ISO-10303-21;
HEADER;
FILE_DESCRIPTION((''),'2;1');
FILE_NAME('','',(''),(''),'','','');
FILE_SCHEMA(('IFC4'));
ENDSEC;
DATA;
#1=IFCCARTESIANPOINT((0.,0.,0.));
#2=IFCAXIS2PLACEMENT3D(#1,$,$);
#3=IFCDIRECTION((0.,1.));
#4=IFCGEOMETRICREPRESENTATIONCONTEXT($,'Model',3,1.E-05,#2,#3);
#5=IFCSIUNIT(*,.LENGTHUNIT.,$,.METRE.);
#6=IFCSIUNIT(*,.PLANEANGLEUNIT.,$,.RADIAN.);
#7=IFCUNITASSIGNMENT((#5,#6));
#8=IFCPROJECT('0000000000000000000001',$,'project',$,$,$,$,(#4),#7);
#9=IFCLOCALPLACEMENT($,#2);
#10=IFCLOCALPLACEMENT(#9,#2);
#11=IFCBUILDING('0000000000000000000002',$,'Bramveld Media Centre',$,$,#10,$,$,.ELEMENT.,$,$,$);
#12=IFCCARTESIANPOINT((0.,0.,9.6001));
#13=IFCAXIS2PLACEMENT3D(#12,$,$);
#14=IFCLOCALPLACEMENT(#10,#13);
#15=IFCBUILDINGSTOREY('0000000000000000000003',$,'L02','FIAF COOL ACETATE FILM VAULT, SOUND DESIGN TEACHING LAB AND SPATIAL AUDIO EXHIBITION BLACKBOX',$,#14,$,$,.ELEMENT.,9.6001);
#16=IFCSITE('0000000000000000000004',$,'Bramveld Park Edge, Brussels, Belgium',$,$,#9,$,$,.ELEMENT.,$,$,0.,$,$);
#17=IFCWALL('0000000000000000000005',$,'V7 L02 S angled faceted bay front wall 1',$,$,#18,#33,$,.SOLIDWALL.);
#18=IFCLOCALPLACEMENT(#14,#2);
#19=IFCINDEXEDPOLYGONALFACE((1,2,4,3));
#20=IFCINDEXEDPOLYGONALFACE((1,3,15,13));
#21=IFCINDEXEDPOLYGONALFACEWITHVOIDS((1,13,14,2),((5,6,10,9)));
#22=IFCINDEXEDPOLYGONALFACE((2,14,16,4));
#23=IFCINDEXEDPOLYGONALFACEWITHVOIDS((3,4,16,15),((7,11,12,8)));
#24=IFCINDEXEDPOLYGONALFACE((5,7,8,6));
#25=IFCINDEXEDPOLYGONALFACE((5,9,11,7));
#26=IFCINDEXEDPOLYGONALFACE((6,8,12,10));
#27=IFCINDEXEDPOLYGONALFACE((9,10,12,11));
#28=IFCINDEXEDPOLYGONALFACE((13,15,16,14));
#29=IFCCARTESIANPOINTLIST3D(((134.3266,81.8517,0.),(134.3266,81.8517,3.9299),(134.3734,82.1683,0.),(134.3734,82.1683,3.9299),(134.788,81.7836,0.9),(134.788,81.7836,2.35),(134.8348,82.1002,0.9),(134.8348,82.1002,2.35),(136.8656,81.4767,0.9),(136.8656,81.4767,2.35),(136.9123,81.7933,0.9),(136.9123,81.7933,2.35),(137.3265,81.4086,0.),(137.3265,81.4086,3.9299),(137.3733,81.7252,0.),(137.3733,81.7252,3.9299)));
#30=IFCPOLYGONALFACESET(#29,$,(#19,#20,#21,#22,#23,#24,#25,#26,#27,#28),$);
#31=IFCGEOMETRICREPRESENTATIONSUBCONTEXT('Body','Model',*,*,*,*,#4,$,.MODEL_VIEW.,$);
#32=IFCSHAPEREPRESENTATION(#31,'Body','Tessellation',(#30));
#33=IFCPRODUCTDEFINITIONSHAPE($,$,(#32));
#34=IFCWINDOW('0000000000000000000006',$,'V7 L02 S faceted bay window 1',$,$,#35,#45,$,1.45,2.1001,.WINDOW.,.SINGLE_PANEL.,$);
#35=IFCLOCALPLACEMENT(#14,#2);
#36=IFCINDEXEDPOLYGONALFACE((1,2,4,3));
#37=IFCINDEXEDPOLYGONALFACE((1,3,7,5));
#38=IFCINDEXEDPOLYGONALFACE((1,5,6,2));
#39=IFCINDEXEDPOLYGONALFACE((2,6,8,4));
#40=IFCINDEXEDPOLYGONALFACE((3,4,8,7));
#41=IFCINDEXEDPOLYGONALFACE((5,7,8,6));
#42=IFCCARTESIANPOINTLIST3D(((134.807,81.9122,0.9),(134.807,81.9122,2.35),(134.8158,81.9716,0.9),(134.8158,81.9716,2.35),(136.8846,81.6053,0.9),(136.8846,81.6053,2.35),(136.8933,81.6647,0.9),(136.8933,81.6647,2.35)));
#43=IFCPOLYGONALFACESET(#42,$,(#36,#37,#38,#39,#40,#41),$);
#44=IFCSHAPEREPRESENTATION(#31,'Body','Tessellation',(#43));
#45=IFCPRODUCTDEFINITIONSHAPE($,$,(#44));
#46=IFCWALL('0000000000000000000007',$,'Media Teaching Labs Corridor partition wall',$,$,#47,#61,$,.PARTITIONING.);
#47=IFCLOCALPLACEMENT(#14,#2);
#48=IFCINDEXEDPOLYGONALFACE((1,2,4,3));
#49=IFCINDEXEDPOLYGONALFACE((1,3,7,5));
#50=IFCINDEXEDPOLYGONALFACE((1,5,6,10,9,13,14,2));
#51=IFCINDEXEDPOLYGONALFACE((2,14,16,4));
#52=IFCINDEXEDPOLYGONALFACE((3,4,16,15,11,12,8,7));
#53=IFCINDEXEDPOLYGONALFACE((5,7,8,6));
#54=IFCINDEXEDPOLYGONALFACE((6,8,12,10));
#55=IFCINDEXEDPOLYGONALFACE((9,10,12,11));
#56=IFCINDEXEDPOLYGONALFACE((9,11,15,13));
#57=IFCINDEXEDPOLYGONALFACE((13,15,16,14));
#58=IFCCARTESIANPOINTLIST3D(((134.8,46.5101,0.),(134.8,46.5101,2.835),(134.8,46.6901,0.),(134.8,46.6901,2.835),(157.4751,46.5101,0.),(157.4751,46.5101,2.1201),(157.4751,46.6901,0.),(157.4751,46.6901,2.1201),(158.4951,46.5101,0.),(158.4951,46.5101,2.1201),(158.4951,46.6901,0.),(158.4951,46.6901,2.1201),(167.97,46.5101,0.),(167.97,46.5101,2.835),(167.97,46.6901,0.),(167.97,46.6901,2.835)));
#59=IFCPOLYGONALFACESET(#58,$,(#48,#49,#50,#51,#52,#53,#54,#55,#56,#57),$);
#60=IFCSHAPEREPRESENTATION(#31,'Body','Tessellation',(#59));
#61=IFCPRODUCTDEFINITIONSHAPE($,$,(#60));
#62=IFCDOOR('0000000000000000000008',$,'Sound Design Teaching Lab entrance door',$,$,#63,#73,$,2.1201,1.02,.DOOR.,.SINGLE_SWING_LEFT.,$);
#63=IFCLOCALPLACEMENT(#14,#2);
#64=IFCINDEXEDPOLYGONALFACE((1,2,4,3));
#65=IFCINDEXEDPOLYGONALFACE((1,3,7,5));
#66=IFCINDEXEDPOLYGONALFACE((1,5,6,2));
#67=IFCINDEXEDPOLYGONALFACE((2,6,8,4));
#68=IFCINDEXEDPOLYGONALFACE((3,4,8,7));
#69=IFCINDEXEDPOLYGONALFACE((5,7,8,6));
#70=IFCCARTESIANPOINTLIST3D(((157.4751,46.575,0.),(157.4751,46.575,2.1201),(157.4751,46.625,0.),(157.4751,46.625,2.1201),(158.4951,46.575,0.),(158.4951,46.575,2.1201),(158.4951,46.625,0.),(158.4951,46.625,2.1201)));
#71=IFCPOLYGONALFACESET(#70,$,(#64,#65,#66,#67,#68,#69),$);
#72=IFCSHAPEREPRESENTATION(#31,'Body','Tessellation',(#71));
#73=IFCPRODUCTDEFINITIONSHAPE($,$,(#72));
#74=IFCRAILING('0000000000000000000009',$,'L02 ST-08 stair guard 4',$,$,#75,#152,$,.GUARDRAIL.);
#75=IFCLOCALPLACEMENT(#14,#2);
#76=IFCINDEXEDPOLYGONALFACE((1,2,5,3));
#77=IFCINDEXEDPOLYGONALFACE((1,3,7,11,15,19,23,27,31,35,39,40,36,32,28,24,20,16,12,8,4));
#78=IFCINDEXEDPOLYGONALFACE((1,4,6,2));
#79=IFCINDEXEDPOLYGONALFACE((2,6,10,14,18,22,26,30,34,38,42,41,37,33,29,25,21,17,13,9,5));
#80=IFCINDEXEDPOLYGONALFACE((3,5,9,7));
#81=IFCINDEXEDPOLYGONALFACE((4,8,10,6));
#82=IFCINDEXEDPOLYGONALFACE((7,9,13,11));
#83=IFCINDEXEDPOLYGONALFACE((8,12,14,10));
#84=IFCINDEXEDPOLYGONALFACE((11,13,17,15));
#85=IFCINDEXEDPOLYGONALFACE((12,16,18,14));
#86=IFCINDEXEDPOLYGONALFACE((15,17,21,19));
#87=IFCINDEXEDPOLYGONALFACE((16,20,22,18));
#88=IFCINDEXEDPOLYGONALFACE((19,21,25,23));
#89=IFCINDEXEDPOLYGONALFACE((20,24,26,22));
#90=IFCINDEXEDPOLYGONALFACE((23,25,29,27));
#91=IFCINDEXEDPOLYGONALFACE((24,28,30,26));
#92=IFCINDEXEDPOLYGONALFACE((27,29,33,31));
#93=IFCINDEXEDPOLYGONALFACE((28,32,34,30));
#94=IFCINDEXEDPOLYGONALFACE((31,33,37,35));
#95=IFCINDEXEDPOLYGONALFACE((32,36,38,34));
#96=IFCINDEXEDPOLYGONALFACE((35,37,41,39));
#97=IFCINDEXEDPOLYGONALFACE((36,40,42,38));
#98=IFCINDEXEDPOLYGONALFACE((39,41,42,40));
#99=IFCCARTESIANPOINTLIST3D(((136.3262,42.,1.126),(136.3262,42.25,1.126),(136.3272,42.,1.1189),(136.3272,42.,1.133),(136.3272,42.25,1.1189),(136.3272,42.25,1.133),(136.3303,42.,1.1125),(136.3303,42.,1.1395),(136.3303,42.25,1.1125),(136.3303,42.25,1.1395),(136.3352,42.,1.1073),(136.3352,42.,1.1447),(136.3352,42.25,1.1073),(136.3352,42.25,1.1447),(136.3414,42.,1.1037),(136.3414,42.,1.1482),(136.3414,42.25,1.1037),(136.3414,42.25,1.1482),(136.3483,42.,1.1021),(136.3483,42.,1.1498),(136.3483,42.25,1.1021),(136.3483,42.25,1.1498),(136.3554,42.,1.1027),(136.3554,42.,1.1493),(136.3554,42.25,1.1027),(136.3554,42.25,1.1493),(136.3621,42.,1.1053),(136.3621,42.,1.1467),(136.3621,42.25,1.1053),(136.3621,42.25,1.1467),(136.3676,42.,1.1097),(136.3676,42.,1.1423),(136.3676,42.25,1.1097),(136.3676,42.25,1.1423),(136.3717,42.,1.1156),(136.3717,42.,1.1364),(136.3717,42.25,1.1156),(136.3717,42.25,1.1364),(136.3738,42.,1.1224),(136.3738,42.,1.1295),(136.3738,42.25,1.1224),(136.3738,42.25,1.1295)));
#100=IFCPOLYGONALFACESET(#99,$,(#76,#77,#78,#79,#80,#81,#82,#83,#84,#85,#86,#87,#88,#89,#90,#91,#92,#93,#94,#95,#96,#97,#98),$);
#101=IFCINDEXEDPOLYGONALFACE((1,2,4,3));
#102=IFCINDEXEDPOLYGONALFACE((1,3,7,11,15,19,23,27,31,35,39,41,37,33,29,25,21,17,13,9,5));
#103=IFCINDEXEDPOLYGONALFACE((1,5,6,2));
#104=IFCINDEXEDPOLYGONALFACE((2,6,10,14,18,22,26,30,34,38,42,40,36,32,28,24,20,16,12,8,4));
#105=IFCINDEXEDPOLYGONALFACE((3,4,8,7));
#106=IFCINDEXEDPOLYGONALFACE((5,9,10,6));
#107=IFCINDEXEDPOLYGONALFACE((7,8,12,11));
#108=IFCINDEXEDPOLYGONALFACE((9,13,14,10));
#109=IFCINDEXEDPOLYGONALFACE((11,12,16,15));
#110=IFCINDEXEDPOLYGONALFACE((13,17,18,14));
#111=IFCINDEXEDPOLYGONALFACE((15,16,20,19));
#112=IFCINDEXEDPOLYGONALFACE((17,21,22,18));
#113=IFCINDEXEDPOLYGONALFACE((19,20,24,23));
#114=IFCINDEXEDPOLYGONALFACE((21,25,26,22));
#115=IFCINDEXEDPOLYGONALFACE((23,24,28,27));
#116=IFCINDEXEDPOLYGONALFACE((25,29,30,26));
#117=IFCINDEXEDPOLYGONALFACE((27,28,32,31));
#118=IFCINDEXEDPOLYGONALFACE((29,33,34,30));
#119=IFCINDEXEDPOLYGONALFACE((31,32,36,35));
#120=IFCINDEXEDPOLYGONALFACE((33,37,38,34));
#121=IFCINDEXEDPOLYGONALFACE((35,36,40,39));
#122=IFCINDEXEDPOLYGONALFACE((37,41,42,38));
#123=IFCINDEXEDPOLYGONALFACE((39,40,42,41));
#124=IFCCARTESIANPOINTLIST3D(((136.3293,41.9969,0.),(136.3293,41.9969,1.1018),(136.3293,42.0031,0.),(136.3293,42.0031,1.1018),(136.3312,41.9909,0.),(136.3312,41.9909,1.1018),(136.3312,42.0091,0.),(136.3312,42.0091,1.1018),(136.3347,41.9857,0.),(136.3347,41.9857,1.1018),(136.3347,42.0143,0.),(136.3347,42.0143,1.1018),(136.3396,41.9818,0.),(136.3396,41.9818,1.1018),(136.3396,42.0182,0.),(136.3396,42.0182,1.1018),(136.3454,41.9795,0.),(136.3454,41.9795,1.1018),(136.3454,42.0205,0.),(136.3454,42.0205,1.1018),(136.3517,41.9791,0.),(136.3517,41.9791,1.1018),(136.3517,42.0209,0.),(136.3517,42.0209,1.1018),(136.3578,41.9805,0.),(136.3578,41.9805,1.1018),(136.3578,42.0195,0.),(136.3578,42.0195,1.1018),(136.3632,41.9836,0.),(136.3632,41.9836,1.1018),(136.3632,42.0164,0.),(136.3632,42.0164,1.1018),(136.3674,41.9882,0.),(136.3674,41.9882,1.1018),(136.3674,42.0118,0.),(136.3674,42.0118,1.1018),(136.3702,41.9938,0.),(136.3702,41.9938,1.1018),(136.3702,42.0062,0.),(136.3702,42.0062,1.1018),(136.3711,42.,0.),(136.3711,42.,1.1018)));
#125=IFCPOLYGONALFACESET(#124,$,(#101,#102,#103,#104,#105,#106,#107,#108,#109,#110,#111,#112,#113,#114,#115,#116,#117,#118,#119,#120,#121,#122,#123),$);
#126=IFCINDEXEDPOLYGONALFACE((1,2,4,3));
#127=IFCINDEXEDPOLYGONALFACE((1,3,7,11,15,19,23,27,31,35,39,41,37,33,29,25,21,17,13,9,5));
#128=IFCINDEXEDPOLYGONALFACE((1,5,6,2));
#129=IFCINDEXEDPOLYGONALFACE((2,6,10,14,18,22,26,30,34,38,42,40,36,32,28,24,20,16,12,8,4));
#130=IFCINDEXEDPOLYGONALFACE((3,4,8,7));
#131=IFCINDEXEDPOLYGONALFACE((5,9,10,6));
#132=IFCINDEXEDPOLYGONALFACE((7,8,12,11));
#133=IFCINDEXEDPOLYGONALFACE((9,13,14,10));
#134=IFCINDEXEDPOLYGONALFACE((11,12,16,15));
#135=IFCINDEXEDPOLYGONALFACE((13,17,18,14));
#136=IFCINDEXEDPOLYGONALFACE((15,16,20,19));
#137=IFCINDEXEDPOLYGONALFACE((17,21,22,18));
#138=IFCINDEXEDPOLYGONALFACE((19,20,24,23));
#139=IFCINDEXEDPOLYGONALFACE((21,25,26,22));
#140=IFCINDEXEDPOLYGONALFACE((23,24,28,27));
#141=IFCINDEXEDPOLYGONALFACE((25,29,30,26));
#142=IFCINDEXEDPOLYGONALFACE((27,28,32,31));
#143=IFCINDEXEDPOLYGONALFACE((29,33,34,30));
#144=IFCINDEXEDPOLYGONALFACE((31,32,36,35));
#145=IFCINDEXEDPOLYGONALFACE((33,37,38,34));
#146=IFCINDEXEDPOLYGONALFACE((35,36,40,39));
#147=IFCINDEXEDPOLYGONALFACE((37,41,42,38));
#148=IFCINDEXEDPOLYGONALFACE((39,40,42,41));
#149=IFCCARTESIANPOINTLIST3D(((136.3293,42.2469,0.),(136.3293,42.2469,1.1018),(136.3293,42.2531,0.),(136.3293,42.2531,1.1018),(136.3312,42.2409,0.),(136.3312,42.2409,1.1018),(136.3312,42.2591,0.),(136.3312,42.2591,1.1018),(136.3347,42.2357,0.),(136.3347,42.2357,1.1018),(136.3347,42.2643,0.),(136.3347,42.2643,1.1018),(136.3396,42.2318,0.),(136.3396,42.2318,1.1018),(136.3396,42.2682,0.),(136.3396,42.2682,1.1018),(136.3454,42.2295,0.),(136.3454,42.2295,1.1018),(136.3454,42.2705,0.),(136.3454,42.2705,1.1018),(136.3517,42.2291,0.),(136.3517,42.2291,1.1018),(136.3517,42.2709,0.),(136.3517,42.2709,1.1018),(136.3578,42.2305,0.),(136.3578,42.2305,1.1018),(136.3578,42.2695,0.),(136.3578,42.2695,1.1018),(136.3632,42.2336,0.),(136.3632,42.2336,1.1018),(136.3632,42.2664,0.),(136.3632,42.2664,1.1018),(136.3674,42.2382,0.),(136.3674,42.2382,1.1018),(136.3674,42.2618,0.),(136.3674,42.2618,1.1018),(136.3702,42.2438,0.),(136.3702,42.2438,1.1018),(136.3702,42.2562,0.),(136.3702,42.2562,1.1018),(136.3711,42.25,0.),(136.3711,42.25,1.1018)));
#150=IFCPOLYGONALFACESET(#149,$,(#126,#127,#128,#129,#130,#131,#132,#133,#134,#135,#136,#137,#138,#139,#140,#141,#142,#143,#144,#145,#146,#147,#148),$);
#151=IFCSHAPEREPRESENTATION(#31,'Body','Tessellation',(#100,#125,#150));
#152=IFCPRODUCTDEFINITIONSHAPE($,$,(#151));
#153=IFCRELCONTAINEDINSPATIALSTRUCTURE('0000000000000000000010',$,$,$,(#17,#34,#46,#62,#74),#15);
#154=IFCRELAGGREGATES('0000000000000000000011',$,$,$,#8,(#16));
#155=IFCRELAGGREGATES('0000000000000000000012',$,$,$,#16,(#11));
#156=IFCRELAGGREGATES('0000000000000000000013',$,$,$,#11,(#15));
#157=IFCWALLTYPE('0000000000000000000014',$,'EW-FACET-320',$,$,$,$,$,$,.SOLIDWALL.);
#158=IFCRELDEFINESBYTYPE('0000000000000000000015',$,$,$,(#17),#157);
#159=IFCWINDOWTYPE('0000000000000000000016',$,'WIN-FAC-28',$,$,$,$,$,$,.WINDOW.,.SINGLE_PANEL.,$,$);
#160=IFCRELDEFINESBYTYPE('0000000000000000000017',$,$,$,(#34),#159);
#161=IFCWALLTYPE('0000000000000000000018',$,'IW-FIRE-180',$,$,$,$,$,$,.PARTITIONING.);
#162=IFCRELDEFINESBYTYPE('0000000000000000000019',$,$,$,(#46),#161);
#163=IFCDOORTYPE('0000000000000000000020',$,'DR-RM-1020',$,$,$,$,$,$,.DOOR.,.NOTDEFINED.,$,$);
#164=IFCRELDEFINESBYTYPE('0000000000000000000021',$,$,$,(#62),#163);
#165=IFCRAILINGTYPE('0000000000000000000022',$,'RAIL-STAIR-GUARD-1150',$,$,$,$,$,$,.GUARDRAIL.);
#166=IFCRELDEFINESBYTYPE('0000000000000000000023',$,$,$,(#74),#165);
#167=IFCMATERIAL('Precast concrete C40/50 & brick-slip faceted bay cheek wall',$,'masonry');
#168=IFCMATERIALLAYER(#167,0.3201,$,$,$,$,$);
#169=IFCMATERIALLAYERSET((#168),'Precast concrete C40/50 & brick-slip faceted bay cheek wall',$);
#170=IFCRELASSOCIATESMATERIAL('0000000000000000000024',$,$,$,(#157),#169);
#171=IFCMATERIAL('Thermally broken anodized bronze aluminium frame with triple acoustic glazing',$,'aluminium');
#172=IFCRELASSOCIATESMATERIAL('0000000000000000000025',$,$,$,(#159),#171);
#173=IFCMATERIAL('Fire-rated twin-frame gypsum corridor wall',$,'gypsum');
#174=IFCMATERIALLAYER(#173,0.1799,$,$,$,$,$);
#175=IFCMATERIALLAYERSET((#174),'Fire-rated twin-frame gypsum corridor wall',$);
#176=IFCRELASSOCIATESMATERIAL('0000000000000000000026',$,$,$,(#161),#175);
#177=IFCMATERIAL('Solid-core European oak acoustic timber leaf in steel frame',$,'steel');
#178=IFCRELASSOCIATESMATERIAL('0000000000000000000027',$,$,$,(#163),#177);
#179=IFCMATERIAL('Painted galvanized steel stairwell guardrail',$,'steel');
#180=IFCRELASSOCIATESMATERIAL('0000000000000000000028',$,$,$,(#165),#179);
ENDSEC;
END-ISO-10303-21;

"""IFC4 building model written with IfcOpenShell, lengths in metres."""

from ifc_helpers import new_model, si_unit, direction, frame, frame_2d, origin, origin_2d, place, context, subcontext, project, spatial, rectangle, circle, extrude, material, layer, layer_set, type_object, element, fill, save


model = new_model("IFC4")

# Units and contexts
model_context = context("Model", 3, precision=1e-05, world=origin(), true_north=direction((0.0, 1.0)))
body_context = subcontext(model_context, "Body", "Model", "MODEL_VIEW")
ifc_project = project(units=[si_unit("LENGTHUNIT", "METRE"), si_unit("PLANEANGLEUNIT", "RADIAN")], contexts=[model_context])

# Site, building, storey
site_placement = place(None, origin())
site = spatial("IfcSite", under=ifc_project, at=site_placement, Name="Bramveld Park Edge, Brussels, Belgium", CompositionType="ELEMENT", RefElevation=0.0)
building_placement = place(site_placement, origin())
building = spatial("IfcBuilding", under=site, at=building_placement, Name="Bramveld Media Centre", CompositionType="ELEMENT")
storey_placement = place(building_placement, frame((0.0, 0.0, 9.6001)))
storey = spatial("IfcBuildingStorey", under=building, at=storey_placement, Name="L02", Description="FIAF COOL ACETATE FILM VAULT, SOUND DESIGN TEACHING LAB AND SPATIAL AUDIO EXHIBITION BLACKBOX", CompositionType="ELEMENT", Elevation=9.6001)

# Wall, opening, window
ifc_material_1 = material(Name="Precast concrete C40/50 & brick-slip faceted bay cheek wall", Category="masonry")
ifc_layer_1 = layer(ifc_material_1, 0.3201)
ifc_layer_set_1 = layer_set([ifc_layer_1], Name="Precast concrete C40/50 & brick-slip faceted bay cheek wall")
wall_type_1 = type_object("IfcWallType", Name="EW-FACET-320", PredefinedType="SOLIDWALL", material=ifc_layer_set_1)
wall_1_placement = place(storey_placement, frame((134.3501, 82.01, 0.0), z_axis=(0.0, 0.0, 1.0), x_axis=(0.989267, -0.14612, 0.0)))
wall_1 = element("IfcWall", 1, at=wall_1_placement, inside=storey, type_object=wall_type_1, Name="V7 L02 S angled faceted bay front wall 1", PredefinedType="SOLIDWALL", context=body_context, shape_type="SweptSolid", body=[
    extrude(rectangle(XDim=3.0325, YDim=0.3201, at=frame_2d((1.5161, 0.0))), origin(), (0.0, 0.0, 1.0), 3.9299),
])
opening_1_placement = place(wall_1_placement, frame((0.4663, 0.0, 0.8999)))
opening_1 = element("IfcOpeningElement", 2, at=opening_1_placement, cuts=wall_1, PredefinedType="OPENING", context=body_context, shape_type="SweptSolid", body=[
    extrude(rectangle(XDim=2.1001, YDim=1.45, at=frame_2d((1.05, 0.7251))), frame((0.0, 0.1719, 0.0), z_axis=(0.0, -1.0, 0.0), x_axis=(1.0, 0.0, 0.0)), (0.0, 0.0, 1.0), 0.344),
])
ifc_material_2 = material(Name="Thermally broken anodized bronze aluminium frame with triple acoustic glazing", Category="aluminium")
window_type_1 = type_object("IfcWindowType", Name="WIN-FAC-28", PartitioningType="SINGLE_PANEL", PredefinedType="WINDOW", material=ifc_material_2)
window_1_placement = place(opening_1_placement, origin())
window_1 = element("IfcWindow", 3, at=window_1_placement, inside=storey, type_object=window_type_1, Name="V7 L02 S faceted bay window 1", OverallHeight=1.45, OverallWidth=2.1001, PartitioningType="SINGLE_PANEL", PredefinedType="WINDOW", context=body_context, shape_type="SweptSolid", body=[
    extrude(rectangle(XDim=2.1001, YDim=1.45, at=frame_2d((1.05, 0.7251))), frame((0.0, 0.03, 0.0), z_axis=(0.0, -1.0, 0.0), x_axis=(1.0, 0.0, 0.0)), (0.0, 0.0, 1.0), 0.0601),
])
fill(opening_1, window_1)

# Wall, opening, door
ifc_material_3 = material(Name="Fire-rated twin-frame gypsum corridor wall", Category="gypsum")
ifc_layer_2 = layer(ifc_material_3, 0.1799)
ifc_layer_set_2 = layer_set([ifc_layer_2], Name="Fire-rated twin-frame gypsum corridor wall")
wall_type_2 = type_object("IfcWallType", Name="IW-FIRE-180", PredefinedType="PARTITIONING", material=ifc_layer_set_2)
wall_2_placement = place(storey_placement, frame((134.8, 46.6001, 0.0), z_axis=(0.0, 0.0, 1.0), x_axis=(1.0, 0.0, 0.0)))
wall_2 = element("IfcWall", 4, at=wall_2_placement, inside=storey, type_object=wall_type_2, Name="Media Teaching Labs Corridor partition wall", PredefinedType="PARTITIONING", context=body_context, shape_type="SweptSolid", body=[
    extrude(rectangle(XDim=33.1699, YDim=0.1799, at=frame_2d((16.585, 0.0))), origin(), (0.0, 0.0, 1.0), 2.835),
])
opening_2_placement = place(wall_2_placement, frame((22.675, 0.0, 0.0)))
opening_2 = element("IfcOpeningElement", 5, at=opening_2_placement, cuts=wall_2, PredefinedType="OPENING", context=body_context, shape_type="SweptSolid", body=[
    extrude(rectangle(XDim=1.02, YDim=2.1201, at=frame_2d((0.51, 1.0601))), frame((0.0, 0.1021, 0.0), z_axis=(0.0, -1.0, 0.0), x_axis=(1.0, 0.0, 0.0)), (0.0, 0.0, 1.0), 0.2039),
])
ifc_material_4 = material(Name="Solid-core European oak acoustic timber leaf in steel frame", Category="steel")
door_type_1 = type_object("IfcDoorType", Name="DR-RM-1020", OperationType="NOTDEFINED", PredefinedType="DOOR", material=ifc_material_4)
door_1_placement = place(opening_2_placement, origin())
door_1 = element("IfcDoor", 6, at=door_1_placement, inside=storey, type_object=door_type_1, Name="Sound Design Teaching Lab entrance door", OperationType="SINGLE_SWING_LEFT", OverallHeight=2.1201, OverallWidth=1.02, PredefinedType="DOOR", context=body_context, shape_type="SweptSolid", body=[
    extrude(rectangle(XDim=1.02, YDim=2.1201, at=frame_2d((0.51, 1.0601))), frame((0.0, 0.0249, 0.0), z_axis=(0.0, -1.0, 0.0), x_axis=(1.0, 0.0, 0.0)), (0.0, 0.0, 1.0), 0.05),
])
fill(opening_2, door_1)

# Railing
ifc_material_5 = material(Name="Painted galvanized steel stairwell guardrail", Category="steel")
railing_type = type_object("IfcRailingType", Name="RAIL-STAIR-GUARD-1150", PredefinedType="GUARDRAIL", material=ifc_material_5)
railing_placement = place(storey_placement, frame((136.3501, 42.0, 0.0)))
element("IfcRailing", 7, at=railing_placement, inside=storey, type_object=railing_type, Name="L02 ST-08 stair guard 4", PredefinedType="GUARDRAIL", context=body_context, shape_type="SweptSolid", body=[
    extrude(circle(Radius=0.0239, at=origin_2d()), frame((0.0, 0.0, 1.126), z_axis=(0.0, 1.0, 0.0), x_axis=(-1.0, 0.0, 0.0)), (0.0, 0.0, 1.0), 0.25),
    extrude(circle(Radius=0.021, at=origin_2d()), origin(), (0.0, 0.0, 1.0), 1.1018),
    extrude(circle(Radius=0.021, at=origin_2d()), frame((0.0, 0.25, 0.0)), (0.0, 0.0, 1.0), 1.1018),
])

save(model, "model.ifc")
